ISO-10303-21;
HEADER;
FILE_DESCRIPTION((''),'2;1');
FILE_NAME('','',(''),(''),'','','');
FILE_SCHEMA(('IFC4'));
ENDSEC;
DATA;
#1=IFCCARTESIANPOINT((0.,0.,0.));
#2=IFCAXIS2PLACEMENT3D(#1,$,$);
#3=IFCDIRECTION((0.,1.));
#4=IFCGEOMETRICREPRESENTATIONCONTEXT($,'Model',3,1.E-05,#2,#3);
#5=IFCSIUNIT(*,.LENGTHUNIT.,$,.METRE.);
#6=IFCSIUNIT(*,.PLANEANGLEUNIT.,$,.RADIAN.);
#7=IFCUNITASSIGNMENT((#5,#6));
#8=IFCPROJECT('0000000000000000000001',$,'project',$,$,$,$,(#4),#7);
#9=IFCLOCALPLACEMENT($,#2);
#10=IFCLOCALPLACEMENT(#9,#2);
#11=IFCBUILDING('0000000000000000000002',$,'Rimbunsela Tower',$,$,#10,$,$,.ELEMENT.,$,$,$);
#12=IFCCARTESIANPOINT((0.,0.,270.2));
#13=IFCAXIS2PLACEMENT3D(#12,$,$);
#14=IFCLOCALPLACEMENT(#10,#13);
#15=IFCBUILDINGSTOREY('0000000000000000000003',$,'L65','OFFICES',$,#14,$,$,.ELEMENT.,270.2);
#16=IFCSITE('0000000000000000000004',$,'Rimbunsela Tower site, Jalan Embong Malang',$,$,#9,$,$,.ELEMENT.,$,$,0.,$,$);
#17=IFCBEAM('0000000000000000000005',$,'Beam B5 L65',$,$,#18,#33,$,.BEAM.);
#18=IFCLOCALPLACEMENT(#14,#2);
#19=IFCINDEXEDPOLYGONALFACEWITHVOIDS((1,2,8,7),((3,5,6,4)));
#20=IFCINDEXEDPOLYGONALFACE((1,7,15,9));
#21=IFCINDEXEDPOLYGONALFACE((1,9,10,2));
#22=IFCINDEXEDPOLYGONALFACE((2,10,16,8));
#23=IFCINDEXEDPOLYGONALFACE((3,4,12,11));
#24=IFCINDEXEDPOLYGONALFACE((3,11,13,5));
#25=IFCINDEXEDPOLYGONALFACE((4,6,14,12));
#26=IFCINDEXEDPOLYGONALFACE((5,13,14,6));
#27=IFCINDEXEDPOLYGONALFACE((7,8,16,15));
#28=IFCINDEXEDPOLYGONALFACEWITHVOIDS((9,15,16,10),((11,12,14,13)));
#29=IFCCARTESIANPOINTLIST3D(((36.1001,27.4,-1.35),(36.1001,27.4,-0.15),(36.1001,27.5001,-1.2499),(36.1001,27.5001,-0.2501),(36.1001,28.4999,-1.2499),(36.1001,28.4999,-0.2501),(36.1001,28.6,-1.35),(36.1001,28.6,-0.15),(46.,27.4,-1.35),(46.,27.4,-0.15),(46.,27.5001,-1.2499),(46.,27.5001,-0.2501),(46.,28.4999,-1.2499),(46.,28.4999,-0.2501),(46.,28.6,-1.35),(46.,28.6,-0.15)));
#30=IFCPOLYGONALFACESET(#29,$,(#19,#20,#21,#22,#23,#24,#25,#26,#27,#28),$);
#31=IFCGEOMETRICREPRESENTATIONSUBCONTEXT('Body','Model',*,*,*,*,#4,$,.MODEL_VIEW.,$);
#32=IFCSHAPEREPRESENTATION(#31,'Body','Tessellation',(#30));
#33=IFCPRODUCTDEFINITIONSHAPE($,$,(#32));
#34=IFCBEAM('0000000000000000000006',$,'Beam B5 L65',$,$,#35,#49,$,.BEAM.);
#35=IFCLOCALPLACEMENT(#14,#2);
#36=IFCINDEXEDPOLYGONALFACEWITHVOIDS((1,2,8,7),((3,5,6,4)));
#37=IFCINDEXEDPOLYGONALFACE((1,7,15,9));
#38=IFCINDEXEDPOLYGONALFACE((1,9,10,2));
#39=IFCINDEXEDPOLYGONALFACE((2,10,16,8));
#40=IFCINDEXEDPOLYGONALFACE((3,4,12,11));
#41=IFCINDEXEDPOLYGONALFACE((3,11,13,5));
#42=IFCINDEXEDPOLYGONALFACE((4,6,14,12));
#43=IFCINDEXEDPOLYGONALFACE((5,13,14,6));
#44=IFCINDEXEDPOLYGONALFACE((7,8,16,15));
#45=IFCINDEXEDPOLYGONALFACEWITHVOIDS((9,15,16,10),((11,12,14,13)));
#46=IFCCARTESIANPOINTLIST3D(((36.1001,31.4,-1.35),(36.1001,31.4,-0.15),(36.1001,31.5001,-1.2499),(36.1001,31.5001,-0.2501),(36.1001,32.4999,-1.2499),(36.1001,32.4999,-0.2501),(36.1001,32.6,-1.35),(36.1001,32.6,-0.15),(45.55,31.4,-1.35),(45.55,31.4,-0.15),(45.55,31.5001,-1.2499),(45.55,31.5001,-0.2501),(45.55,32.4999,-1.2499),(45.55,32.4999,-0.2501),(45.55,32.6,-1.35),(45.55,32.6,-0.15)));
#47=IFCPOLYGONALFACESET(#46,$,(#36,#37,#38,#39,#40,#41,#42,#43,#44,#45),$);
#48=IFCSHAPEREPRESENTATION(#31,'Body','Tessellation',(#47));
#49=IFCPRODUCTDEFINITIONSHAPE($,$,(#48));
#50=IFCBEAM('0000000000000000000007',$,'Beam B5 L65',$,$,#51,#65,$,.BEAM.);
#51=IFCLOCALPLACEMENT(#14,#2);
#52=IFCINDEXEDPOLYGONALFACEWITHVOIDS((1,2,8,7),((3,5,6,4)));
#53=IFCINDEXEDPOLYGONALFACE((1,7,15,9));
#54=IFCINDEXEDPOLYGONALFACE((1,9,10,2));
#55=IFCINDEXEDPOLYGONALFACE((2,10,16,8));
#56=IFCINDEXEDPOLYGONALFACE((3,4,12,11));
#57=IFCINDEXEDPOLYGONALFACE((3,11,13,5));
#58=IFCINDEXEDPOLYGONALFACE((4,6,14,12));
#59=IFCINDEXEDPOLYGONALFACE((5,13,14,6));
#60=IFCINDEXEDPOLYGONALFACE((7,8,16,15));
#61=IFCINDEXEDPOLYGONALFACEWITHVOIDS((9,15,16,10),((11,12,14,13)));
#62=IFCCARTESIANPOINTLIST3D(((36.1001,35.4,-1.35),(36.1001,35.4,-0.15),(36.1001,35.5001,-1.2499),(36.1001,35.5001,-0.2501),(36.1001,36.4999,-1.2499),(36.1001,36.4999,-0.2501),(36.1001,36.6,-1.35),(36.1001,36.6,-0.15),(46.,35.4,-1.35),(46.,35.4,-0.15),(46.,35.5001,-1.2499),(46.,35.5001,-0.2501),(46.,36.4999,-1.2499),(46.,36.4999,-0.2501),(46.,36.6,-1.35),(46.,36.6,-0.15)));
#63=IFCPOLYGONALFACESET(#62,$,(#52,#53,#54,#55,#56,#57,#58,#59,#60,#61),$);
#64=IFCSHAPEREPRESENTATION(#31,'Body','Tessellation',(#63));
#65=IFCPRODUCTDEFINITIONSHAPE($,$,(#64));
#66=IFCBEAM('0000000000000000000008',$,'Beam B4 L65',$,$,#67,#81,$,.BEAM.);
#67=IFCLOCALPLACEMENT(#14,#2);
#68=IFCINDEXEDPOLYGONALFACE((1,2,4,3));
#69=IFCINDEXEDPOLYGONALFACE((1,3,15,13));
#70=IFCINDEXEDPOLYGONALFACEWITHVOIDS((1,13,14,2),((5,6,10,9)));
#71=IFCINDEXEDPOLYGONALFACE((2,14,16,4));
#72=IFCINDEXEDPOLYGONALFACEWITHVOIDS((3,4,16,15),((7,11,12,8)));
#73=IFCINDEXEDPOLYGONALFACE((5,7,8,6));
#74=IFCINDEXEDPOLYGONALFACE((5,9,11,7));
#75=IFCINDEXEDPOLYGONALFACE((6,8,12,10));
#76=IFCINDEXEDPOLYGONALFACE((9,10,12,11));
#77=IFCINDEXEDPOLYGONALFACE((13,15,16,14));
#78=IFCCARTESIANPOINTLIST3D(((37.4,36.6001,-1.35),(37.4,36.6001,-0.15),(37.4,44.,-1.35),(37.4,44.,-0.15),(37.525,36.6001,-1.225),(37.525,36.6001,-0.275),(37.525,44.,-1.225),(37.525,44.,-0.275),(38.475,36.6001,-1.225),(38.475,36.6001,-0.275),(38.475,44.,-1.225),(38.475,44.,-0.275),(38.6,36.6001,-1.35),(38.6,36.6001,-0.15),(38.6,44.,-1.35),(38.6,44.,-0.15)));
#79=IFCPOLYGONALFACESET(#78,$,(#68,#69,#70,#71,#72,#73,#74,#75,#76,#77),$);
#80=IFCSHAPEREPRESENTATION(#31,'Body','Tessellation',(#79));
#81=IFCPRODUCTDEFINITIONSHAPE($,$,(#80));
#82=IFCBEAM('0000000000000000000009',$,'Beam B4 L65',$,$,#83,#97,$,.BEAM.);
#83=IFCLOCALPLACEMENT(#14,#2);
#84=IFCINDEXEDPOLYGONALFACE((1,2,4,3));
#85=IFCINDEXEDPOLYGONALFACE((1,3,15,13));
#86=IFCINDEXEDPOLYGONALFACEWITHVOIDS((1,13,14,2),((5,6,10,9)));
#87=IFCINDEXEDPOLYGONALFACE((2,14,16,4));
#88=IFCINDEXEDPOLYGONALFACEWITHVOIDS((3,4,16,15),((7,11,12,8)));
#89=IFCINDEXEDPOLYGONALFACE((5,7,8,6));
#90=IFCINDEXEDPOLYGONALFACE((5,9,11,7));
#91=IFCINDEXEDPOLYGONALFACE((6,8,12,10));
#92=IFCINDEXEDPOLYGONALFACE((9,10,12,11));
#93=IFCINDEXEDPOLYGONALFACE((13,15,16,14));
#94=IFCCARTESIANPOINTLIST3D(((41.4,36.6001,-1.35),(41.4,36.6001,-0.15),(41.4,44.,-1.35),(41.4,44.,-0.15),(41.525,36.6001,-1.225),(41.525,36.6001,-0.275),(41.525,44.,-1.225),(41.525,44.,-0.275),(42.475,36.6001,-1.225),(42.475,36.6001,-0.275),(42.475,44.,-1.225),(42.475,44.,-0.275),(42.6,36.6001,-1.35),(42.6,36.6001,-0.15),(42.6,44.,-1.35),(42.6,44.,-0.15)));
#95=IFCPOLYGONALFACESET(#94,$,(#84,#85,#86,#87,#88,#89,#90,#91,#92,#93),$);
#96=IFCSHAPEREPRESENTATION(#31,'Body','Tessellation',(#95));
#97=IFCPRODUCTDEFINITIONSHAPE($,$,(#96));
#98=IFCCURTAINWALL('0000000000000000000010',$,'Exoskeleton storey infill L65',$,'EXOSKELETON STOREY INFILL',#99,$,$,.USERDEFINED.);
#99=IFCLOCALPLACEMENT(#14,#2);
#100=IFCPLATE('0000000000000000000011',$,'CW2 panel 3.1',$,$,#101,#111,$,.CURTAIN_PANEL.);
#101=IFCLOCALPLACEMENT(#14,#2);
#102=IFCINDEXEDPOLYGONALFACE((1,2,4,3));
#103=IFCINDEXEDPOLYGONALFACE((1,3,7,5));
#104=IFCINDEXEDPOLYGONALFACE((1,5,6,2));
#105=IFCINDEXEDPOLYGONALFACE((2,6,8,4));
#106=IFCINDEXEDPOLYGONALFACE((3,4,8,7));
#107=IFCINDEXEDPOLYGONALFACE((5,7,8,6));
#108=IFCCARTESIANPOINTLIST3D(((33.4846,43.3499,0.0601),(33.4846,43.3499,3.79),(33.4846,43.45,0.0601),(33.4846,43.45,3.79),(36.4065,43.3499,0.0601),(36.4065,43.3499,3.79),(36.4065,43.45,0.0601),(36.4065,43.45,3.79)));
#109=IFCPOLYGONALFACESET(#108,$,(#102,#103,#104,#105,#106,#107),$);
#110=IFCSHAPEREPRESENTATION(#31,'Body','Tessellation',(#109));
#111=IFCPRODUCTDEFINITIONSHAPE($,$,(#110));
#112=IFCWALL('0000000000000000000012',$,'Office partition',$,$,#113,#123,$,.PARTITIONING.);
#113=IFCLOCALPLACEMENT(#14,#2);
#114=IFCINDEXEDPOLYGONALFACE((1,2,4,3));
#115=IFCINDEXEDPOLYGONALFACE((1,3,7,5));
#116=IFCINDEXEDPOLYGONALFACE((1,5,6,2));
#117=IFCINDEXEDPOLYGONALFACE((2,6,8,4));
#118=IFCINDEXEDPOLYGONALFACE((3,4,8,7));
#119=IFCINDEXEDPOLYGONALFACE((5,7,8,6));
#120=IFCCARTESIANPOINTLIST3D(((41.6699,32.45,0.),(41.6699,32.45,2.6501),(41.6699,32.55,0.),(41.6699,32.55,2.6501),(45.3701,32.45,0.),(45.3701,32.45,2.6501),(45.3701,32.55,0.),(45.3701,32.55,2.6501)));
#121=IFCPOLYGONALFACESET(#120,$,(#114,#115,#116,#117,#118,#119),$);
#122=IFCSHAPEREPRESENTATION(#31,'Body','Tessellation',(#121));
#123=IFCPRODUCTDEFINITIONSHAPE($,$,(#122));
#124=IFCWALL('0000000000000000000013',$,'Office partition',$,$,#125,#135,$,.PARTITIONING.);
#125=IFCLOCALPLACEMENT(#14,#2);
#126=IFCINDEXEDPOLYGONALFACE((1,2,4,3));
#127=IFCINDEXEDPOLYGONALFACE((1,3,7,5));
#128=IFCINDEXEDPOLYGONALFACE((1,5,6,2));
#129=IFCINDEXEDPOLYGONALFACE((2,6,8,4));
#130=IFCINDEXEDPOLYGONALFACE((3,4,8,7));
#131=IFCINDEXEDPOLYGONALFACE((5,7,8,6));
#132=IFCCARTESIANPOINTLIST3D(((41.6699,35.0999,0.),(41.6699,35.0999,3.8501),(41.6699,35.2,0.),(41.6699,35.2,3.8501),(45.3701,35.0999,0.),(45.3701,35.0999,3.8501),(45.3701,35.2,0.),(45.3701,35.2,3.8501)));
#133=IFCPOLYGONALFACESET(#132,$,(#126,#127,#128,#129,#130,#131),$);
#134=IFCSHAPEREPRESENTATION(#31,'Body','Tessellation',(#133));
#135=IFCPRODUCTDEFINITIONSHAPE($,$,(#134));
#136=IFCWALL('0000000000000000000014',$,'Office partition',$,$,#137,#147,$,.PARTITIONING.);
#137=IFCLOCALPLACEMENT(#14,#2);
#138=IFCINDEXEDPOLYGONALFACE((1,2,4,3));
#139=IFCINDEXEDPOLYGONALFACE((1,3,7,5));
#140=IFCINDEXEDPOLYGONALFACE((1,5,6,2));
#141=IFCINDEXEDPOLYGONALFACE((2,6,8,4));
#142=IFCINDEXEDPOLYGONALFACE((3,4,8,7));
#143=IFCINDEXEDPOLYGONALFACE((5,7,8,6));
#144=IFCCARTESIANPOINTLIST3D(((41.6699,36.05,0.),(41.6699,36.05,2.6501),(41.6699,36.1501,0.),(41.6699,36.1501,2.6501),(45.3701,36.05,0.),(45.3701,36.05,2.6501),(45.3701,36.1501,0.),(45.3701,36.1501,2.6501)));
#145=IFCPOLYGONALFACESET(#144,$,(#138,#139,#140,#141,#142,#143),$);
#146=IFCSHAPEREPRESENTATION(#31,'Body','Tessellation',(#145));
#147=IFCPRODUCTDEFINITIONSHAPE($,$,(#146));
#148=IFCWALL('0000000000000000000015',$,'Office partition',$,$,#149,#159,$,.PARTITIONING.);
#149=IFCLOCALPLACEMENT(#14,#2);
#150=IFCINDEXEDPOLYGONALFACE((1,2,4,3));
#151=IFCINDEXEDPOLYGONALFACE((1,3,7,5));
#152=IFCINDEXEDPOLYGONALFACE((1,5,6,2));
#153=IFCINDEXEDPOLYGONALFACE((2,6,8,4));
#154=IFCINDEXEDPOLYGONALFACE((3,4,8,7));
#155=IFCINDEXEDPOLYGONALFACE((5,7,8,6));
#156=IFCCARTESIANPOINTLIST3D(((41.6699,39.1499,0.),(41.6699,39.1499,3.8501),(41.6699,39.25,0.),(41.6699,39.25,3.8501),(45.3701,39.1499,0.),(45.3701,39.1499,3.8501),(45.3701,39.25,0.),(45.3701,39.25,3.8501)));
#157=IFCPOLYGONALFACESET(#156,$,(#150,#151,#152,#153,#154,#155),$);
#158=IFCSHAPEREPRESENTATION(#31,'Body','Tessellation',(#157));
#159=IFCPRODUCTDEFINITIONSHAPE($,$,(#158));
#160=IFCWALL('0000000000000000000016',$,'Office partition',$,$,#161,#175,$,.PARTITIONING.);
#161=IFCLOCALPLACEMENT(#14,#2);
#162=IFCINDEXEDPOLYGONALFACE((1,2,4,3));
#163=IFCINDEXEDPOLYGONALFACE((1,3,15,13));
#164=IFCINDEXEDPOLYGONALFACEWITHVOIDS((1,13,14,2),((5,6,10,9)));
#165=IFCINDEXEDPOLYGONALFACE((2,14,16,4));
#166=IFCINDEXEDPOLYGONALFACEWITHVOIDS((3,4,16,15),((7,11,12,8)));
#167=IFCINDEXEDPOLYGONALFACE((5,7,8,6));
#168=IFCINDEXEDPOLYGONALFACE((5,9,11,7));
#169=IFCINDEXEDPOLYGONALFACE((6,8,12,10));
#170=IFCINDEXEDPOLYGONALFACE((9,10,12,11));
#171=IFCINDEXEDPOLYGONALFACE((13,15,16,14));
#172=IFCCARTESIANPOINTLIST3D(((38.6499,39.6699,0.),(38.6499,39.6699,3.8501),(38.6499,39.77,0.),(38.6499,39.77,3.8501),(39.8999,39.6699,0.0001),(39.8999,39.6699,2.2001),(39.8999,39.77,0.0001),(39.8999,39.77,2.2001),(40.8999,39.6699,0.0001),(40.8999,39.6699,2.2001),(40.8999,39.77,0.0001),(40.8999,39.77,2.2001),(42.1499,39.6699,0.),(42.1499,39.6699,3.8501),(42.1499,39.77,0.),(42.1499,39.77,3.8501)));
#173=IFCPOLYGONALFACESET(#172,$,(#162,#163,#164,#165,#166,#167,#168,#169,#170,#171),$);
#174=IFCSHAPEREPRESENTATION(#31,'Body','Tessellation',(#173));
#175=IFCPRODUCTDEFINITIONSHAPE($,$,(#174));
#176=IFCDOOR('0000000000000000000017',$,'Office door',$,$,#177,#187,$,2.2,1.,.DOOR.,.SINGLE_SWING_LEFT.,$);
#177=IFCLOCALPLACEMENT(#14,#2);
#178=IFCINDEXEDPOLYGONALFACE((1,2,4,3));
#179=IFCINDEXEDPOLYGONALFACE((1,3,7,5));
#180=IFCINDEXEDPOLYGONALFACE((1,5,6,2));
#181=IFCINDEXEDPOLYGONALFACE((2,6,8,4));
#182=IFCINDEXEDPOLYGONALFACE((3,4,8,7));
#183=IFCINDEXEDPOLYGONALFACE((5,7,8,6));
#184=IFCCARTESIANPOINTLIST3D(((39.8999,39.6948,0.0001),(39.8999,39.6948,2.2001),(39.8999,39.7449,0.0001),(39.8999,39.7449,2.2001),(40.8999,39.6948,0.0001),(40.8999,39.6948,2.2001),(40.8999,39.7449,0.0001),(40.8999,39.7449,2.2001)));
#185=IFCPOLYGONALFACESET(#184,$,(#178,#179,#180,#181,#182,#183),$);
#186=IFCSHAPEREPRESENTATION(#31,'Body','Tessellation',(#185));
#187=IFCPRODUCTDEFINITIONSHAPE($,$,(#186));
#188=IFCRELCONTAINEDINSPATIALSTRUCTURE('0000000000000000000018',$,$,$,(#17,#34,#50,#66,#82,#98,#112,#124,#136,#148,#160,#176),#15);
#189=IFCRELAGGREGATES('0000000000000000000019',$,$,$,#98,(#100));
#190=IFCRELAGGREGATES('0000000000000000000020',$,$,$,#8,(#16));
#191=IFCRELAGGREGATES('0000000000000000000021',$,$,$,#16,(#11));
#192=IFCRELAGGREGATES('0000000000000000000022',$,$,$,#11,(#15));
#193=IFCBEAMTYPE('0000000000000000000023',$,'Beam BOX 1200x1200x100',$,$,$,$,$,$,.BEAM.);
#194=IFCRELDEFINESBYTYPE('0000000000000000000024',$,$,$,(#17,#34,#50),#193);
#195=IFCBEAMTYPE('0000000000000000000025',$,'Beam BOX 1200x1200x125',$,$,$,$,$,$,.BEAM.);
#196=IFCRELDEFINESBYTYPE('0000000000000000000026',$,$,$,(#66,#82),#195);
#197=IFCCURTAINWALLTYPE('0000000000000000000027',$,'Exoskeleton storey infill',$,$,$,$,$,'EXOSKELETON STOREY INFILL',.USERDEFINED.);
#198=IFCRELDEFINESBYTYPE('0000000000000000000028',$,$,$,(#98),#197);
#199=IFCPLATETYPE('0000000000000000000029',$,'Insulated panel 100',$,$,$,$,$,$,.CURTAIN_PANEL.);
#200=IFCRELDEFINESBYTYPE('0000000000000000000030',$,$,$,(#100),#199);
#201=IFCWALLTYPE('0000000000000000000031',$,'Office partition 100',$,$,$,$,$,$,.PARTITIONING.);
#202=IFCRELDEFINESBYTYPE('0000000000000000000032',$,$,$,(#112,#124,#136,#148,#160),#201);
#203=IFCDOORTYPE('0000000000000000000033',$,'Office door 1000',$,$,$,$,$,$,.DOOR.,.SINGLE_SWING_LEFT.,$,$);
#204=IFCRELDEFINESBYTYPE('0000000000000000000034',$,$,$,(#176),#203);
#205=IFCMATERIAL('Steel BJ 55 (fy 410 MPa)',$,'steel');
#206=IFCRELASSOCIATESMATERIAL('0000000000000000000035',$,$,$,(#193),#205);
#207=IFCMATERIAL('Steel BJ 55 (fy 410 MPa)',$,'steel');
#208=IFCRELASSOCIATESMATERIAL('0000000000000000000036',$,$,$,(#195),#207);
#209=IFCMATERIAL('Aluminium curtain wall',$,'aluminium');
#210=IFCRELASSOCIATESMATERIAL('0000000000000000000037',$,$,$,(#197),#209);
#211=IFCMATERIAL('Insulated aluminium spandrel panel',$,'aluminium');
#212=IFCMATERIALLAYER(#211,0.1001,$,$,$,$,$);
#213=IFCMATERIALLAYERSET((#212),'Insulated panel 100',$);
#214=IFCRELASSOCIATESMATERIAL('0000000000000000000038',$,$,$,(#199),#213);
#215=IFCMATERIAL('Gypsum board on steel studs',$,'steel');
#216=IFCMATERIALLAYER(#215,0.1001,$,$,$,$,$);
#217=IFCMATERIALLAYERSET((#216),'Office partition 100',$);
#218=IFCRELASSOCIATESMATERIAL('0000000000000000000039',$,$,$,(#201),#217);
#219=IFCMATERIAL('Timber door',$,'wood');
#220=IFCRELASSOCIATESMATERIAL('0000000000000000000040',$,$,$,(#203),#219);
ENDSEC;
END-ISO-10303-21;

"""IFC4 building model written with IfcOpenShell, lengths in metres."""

from ifc_helpers import new_model, si_unit, direction, frame, frame_2d, origin, origin_2d, place, context, subcontext, project, spatial, rectangle, hollow_rectangle, extrude, material, layer, layer_set, material_profile, profile_set, type_object, element, fill, aggregate, save


model = new_model("IFC4")

# Units and contexts
model_context = context("Model", 3, precision=1e-05, world=origin(), true_north=direction((0.0, 1.0)))
body_context = subcontext(model_context, "Body", "Model", "MODEL_VIEW")
ifc_project = project(units=[si_unit("LENGTHUNIT", "METRE"), si_unit("PLANEANGLEUNIT", "RADIAN")], contexts=[model_context])

# Site, building, storey
site_placement = place(None, origin())
site = spatial("IfcSite", under=ifc_project, at=site_placement, Name="Rimbunsela Tower site, Jalan Embong Malang", CompositionType="ELEMENT", RefElevation=0.0)
building_placement = place(site_placement, origin())
building = spatial("IfcBuilding", under=site, at=building_placement, Name="Rimbunsela Tower", CompositionType="ELEMENT")
storey_placement = place(building_placement, frame((0.0, 0.0, 270.2)))
storey = spatial("IfcBuildingStorey", under=building, at=storey_placement, Name="L65", Description="OFFICES", CompositionType="ELEMENT", Elevation=270.2)

# Beams
ifc_material_1 = material(Name="Steel BJ 55 (fy 410 MPa)", Category="steel")
ifc_material_profile_1 = material_profile(ifc_material_1, hollow_rectangle(XDim=1.2, YDim=1.2, WallThickness=0.1001, at=origin_2d()), Name="BOX 1200x1200x100")
ifc_profile_set_1 = profile_set([ifc_material_profile_1], Name="Steel BJ 55 (fy 410 MPa)")
beam_type_1 = type_object("IfcBeamType", Name="Beam BOX 1200x1200x100", PredefinedType="BEAM", material=ifc_profile_set_1)
beam_1_placement = place(storey_placement, frame((36.1001, 28.0, -0.75), z_axis=(1.0, 0.0, 0.0), x_axis=(0.0, 1.0, 0.0)))
element("IfcBeam", 1, at=beam_1_placement, inside=storey, type_object=beam_type_1, Name="Beam B5 L65", PredefinedType="BEAM", context=body_context, shape_type="SweptSolid", body=[
    extrude(hollow_rectangle(XDim=1.2, YDim=1.2, WallThickness=0.1001, at=origin_2d()), origin(), (0.0, 0.0, 1.0), 9.8999),
])
beam_2_placement = place(storey_placement, frame((36.1001, 32.0, -0.75), z_axis=(1.0, 0.0, 0.0), x_axis=(0.0, 1.0, 0.0)))
element("IfcBeam", 2, at=beam_2_placement, inside=storey, type_object=beam_type_1, Name="Beam B5 L65", PredefinedType="BEAM", context=body_context, shape_type="SweptSolid", body=[
    extrude(hollow_rectangle(XDim=1.2, YDim=1.2, WallThickness=0.1001, at=origin_2d()), origin(), (0.0, 0.0, 1.0), 9.45),
])
beam_3_placement = place(storey_placement, frame((36.1001, 36.0, -0.75), z_axis=(1.0, 0.0, 0.0), x_axis=(0.0, 1.0, 0.0)))
element("IfcBeam", 3, at=beam_3_placement, inside=storey, type_object=beam_type_1, Name="Beam B5 L65", PredefinedType="BEAM", context=body_context, shape_type="SweptSolid", body=[
    extrude(hollow_rectangle(XDim=1.2, YDim=1.2, WallThickness=0.1001, at=origin_2d()), origin(), (0.0, 0.0, 1.0), 9.8999),
])
ifc_material_2 = material(Name="Steel BJ 55 (fy 410 MPa)", Category="steel")
ifc_material_profile_2 = material_profile(ifc_material_2, hollow_rectangle(XDim=1.2, YDim=1.2, WallThickness=0.125, at=origin_2d()), Name="BOX 1200x1200x125")
ifc_profile_set_2 = profile_set([ifc_material_profile_2], Name="Steel BJ 55 (fy 410 MPa)")
beam_type_2 = type_object("IfcBeamType", Name="Beam BOX 1200x1200x125", PredefinedType="BEAM", material=ifc_profile_set_2)
for number, where, z_axis, x_axis, name in (
    (4, (38.0, 36.6001, -0.75), (0.0, 1.0, 0.0), (-1.0, 0.0, 0.0), "Beam B4 L65"),
    (5, (42.0, 36.6001, -0.75), (0.0, 1.0, 0.0), (-1.0, 0.0, 0.0), "Beam B4 L65"),
):
    element("IfcBeam", number, at=place(storey_placement, frame(where, z_axis=z_axis, x_axis=x_axis)), inside=storey, type_object=beam_type_2, Name=name, PredefinedType="BEAM", context=body_context, shape_type="SweptSolid", body=[
        extrude(hollow_rectangle(XDim=1.2, YDim=1.2, WallThickness=0.125, at=origin_2d()), origin(), (0.0, 0.0, 1.0), 7.3999),
    ])

# Curtain wall, plate
ifc_material_3 = material(Name="Aluminium curtain wall", Category="aluminium")
curtain_wall_type = type_object("IfcCurtainWallType", Name="Exoskeleton storey infill", ElementType="EXOSKELETON STOREY INFILL", PredefinedType="USERDEFINED", material=ifc_material_3)
curtain_wall_placement = place(storey_placement, origin())
curtain_wall = element("IfcCurtainWall", 6, at=curtain_wall_placement, inside=storey, type_object=curtain_wall_type, Name="Exoskeleton storey infill L65", ObjectType="EXOSKELETON STOREY INFILL", PredefinedType="USERDEFINED")
ifc_material_4 = material(Name="Insulated aluminium spandrel panel", Category="aluminium")
ifc_layer_1 = layer(ifc_material_4, 0.1001)
ifc_layer_set_1 = layer_set([ifc_layer_1], Name="Insulated panel 100")
plate_type = type_object("IfcPlateType", Name="Insulated panel 100", PredefinedType="CURTAIN_PANEL", material=ifc_layer_set_1)
plate_placement = place(storey_placement, frame((34.9456, 43.3999, 0.0601), z_axis=(0.0, 0.0, 1.0), x_axis=(-1.0, 0.0, 0.0)))
plate = element("IfcPlate", 7, at=plate_placement, type_object=plate_type, Name="CW2 panel 3.1", PredefinedType="CURTAIN_PANEL", context=body_context, shape_type="SweptSolid", body=[
    extrude(rectangle(XDim=2.9219, YDim=0.1001, at=origin_2d()), origin(), (0.0, 0.0, 1.0), 3.73),
])
aggregate(curtain_wall, [plate])

# Walls
ifc_material_5 = material(Name="Gypsum board on steel studs", Category="steel")
ifc_layer_2 = layer(ifc_material_5, 0.1001)
ifc_layer_set_2 = layer_set([ifc_layer_2], Name="Office partition 100")
wall_type_1 = type_object("IfcWallType", Name="Office partition 100", PredefinedType="PARTITIONING", material=ifc_layer_set_2)
wall_1_placement = place(storey_placement, frame((41.6699, 32.5, 0.0), z_axis=(0.0, 0.0, 1.0), x_axis=(1.0, 0.0, 0.0)))
element("IfcWall", 8, at=wall_1_placement, inside=storey, type_object=wall_type_1, Name="Office partition", PredefinedType="PARTITIONING", context=body_context, shape_type="SweptSolid", body=[
    extrude(rectangle(XDim=3.7002, YDim=0.1001, at=frame_2d((1.8501, 0.0))), origin(), (0.0, 0.0, 1.0), 2.6501),
])
wall_2_placement = place(storey_placement, frame((41.6699, 35.1499, 0.0), z_axis=(0.0, 0.0, 1.0), x_axis=(1.0, 0.0, 0.0)))
element("IfcWall", 9, at=wall_2_placement, inside=storey, type_object=wall_type_1, Name="Office partition", PredefinedType="PARTITIONING", context=body_context, shape_type="SweptSolid", body=[
    extrude(rectangle(XDim=3.7002, YDim=0.1001, at=frame_2d((1.8501, 0.0))), origin(), (0.0, 0.0, 1.0), 3.8501),
])
wall_3_placement = place(storey_placement, frame((41.6699, 36.1001, 0.0), z_axis=(0.0, 0.0, 1.0), x_axis=(1.0, 0.0, 0.0)))
element("IfcWall", 10, at=wall_3_placement, inside=storey, type_object=wall_type_1, Name="Office partition", PredefinedType="PARTITIONING", context=body_context, shape_type="SweptSolid", body=[
    extrude(rectangle(XDim=3.7002, YDim=0.1001, at=frame_2d((1.8501, 0.0))), origin(), (0.0, 0.0, 1.0), 2.6501),
])
wall_4_placement = place(storey_placement, frame((41.6699, 39.2, 0.0), z_axis=(0.0, 0.0, 1.0), x_axis=(1.0, 0.0, 0.0)))
element("IfcWall", 11, at=wall_4_placement, inside=storey, type_object=wall_type_1, Name="Office partition", PredefinedType="PARTITIONING", context=body_context, shape_type="SweptSolid", body=[
    extrude(rectangle(XDim=3.7002, YDim=0.1001, at=frame_2d((1.8501, 0.0))), origin(), (0.0, 0.0, 1.0), 3.8501),
])

# Wall, opening, door
wall_5_placement = place(storey_placement, frame((38.6499, 39.72, 0.0), z_axis=(0.0, 0.0, 1.0), x_axis=(1.0, 0.0, 0.0)))
wall_5 = element("IfcWall", 12, at=wall_5_placement, inside=storey, type_object=wall_type_1, Name="Office partition", PredefinedType="PARTITIONING", context=body_context, shape_type="SweptSolid", body=[
    extrude(rectangle(XDim=3.5, YDim=0.1001, at=frame_2d((1.75, 0.0))), origin(), (0.0, 0.0, 1.0), 3.8501),
])
opening_1_placement = place(wall_5_placement, frame((1.25, 0.0, 0.0)))
opening_1 = element("IfcOpeningElement", 13, at=opening_1_placement, cuts=wall_5, PredefinedType="OPENING", context=body_context, shape_type="SweptSolid", body=[
    extrude(rectangle(XDim=1.0, YDim=2.2, at=frame_2d((0.5, 1.1001))), frame((0.0, 0.0601, 0.0), z_axis=(0.0, -1.0, 0.0), x_axis=(1.0, 0.0, 0.0)), (0.0, 0.0, 1.0), 0.1201),
])
ifc_material_6 = material(Name="Timber door", Category="wood")
door_type_1 = type_object("IfcDoorType", Name="Office door 1000", OperationType="SINGLE_SWING_LEFT", PredefinedType="DOOR", material=ifc_material_6)
door_1_placement = place(opening_1_placement, origin())
door_1 = element("IfcDoor", 14, at=door_1_placement, inside=storey, type_object=door_type_1, Name="Office door", OperationType="SINGLE_SWING_LEFT", OverallHeight=2.2, OverallWidth=1.0, PredefinedType="DOOR", context=body_context, shape_type="SweptSolid", body=[
    extrude(rectangle(XDim=1.0, YDim=2.2, at=frame_2d((0.5, 1.1001))), frame((0.0, 0.0249, 0.0), z_axis=(0.0, -1.0, 0.0), x_axis=(1.0, 0.0, 0.0)), (0.0, 0.0, 1.0), 0.05),
])
fill(opening_1, door_1)

save(model, "model.ifc")
